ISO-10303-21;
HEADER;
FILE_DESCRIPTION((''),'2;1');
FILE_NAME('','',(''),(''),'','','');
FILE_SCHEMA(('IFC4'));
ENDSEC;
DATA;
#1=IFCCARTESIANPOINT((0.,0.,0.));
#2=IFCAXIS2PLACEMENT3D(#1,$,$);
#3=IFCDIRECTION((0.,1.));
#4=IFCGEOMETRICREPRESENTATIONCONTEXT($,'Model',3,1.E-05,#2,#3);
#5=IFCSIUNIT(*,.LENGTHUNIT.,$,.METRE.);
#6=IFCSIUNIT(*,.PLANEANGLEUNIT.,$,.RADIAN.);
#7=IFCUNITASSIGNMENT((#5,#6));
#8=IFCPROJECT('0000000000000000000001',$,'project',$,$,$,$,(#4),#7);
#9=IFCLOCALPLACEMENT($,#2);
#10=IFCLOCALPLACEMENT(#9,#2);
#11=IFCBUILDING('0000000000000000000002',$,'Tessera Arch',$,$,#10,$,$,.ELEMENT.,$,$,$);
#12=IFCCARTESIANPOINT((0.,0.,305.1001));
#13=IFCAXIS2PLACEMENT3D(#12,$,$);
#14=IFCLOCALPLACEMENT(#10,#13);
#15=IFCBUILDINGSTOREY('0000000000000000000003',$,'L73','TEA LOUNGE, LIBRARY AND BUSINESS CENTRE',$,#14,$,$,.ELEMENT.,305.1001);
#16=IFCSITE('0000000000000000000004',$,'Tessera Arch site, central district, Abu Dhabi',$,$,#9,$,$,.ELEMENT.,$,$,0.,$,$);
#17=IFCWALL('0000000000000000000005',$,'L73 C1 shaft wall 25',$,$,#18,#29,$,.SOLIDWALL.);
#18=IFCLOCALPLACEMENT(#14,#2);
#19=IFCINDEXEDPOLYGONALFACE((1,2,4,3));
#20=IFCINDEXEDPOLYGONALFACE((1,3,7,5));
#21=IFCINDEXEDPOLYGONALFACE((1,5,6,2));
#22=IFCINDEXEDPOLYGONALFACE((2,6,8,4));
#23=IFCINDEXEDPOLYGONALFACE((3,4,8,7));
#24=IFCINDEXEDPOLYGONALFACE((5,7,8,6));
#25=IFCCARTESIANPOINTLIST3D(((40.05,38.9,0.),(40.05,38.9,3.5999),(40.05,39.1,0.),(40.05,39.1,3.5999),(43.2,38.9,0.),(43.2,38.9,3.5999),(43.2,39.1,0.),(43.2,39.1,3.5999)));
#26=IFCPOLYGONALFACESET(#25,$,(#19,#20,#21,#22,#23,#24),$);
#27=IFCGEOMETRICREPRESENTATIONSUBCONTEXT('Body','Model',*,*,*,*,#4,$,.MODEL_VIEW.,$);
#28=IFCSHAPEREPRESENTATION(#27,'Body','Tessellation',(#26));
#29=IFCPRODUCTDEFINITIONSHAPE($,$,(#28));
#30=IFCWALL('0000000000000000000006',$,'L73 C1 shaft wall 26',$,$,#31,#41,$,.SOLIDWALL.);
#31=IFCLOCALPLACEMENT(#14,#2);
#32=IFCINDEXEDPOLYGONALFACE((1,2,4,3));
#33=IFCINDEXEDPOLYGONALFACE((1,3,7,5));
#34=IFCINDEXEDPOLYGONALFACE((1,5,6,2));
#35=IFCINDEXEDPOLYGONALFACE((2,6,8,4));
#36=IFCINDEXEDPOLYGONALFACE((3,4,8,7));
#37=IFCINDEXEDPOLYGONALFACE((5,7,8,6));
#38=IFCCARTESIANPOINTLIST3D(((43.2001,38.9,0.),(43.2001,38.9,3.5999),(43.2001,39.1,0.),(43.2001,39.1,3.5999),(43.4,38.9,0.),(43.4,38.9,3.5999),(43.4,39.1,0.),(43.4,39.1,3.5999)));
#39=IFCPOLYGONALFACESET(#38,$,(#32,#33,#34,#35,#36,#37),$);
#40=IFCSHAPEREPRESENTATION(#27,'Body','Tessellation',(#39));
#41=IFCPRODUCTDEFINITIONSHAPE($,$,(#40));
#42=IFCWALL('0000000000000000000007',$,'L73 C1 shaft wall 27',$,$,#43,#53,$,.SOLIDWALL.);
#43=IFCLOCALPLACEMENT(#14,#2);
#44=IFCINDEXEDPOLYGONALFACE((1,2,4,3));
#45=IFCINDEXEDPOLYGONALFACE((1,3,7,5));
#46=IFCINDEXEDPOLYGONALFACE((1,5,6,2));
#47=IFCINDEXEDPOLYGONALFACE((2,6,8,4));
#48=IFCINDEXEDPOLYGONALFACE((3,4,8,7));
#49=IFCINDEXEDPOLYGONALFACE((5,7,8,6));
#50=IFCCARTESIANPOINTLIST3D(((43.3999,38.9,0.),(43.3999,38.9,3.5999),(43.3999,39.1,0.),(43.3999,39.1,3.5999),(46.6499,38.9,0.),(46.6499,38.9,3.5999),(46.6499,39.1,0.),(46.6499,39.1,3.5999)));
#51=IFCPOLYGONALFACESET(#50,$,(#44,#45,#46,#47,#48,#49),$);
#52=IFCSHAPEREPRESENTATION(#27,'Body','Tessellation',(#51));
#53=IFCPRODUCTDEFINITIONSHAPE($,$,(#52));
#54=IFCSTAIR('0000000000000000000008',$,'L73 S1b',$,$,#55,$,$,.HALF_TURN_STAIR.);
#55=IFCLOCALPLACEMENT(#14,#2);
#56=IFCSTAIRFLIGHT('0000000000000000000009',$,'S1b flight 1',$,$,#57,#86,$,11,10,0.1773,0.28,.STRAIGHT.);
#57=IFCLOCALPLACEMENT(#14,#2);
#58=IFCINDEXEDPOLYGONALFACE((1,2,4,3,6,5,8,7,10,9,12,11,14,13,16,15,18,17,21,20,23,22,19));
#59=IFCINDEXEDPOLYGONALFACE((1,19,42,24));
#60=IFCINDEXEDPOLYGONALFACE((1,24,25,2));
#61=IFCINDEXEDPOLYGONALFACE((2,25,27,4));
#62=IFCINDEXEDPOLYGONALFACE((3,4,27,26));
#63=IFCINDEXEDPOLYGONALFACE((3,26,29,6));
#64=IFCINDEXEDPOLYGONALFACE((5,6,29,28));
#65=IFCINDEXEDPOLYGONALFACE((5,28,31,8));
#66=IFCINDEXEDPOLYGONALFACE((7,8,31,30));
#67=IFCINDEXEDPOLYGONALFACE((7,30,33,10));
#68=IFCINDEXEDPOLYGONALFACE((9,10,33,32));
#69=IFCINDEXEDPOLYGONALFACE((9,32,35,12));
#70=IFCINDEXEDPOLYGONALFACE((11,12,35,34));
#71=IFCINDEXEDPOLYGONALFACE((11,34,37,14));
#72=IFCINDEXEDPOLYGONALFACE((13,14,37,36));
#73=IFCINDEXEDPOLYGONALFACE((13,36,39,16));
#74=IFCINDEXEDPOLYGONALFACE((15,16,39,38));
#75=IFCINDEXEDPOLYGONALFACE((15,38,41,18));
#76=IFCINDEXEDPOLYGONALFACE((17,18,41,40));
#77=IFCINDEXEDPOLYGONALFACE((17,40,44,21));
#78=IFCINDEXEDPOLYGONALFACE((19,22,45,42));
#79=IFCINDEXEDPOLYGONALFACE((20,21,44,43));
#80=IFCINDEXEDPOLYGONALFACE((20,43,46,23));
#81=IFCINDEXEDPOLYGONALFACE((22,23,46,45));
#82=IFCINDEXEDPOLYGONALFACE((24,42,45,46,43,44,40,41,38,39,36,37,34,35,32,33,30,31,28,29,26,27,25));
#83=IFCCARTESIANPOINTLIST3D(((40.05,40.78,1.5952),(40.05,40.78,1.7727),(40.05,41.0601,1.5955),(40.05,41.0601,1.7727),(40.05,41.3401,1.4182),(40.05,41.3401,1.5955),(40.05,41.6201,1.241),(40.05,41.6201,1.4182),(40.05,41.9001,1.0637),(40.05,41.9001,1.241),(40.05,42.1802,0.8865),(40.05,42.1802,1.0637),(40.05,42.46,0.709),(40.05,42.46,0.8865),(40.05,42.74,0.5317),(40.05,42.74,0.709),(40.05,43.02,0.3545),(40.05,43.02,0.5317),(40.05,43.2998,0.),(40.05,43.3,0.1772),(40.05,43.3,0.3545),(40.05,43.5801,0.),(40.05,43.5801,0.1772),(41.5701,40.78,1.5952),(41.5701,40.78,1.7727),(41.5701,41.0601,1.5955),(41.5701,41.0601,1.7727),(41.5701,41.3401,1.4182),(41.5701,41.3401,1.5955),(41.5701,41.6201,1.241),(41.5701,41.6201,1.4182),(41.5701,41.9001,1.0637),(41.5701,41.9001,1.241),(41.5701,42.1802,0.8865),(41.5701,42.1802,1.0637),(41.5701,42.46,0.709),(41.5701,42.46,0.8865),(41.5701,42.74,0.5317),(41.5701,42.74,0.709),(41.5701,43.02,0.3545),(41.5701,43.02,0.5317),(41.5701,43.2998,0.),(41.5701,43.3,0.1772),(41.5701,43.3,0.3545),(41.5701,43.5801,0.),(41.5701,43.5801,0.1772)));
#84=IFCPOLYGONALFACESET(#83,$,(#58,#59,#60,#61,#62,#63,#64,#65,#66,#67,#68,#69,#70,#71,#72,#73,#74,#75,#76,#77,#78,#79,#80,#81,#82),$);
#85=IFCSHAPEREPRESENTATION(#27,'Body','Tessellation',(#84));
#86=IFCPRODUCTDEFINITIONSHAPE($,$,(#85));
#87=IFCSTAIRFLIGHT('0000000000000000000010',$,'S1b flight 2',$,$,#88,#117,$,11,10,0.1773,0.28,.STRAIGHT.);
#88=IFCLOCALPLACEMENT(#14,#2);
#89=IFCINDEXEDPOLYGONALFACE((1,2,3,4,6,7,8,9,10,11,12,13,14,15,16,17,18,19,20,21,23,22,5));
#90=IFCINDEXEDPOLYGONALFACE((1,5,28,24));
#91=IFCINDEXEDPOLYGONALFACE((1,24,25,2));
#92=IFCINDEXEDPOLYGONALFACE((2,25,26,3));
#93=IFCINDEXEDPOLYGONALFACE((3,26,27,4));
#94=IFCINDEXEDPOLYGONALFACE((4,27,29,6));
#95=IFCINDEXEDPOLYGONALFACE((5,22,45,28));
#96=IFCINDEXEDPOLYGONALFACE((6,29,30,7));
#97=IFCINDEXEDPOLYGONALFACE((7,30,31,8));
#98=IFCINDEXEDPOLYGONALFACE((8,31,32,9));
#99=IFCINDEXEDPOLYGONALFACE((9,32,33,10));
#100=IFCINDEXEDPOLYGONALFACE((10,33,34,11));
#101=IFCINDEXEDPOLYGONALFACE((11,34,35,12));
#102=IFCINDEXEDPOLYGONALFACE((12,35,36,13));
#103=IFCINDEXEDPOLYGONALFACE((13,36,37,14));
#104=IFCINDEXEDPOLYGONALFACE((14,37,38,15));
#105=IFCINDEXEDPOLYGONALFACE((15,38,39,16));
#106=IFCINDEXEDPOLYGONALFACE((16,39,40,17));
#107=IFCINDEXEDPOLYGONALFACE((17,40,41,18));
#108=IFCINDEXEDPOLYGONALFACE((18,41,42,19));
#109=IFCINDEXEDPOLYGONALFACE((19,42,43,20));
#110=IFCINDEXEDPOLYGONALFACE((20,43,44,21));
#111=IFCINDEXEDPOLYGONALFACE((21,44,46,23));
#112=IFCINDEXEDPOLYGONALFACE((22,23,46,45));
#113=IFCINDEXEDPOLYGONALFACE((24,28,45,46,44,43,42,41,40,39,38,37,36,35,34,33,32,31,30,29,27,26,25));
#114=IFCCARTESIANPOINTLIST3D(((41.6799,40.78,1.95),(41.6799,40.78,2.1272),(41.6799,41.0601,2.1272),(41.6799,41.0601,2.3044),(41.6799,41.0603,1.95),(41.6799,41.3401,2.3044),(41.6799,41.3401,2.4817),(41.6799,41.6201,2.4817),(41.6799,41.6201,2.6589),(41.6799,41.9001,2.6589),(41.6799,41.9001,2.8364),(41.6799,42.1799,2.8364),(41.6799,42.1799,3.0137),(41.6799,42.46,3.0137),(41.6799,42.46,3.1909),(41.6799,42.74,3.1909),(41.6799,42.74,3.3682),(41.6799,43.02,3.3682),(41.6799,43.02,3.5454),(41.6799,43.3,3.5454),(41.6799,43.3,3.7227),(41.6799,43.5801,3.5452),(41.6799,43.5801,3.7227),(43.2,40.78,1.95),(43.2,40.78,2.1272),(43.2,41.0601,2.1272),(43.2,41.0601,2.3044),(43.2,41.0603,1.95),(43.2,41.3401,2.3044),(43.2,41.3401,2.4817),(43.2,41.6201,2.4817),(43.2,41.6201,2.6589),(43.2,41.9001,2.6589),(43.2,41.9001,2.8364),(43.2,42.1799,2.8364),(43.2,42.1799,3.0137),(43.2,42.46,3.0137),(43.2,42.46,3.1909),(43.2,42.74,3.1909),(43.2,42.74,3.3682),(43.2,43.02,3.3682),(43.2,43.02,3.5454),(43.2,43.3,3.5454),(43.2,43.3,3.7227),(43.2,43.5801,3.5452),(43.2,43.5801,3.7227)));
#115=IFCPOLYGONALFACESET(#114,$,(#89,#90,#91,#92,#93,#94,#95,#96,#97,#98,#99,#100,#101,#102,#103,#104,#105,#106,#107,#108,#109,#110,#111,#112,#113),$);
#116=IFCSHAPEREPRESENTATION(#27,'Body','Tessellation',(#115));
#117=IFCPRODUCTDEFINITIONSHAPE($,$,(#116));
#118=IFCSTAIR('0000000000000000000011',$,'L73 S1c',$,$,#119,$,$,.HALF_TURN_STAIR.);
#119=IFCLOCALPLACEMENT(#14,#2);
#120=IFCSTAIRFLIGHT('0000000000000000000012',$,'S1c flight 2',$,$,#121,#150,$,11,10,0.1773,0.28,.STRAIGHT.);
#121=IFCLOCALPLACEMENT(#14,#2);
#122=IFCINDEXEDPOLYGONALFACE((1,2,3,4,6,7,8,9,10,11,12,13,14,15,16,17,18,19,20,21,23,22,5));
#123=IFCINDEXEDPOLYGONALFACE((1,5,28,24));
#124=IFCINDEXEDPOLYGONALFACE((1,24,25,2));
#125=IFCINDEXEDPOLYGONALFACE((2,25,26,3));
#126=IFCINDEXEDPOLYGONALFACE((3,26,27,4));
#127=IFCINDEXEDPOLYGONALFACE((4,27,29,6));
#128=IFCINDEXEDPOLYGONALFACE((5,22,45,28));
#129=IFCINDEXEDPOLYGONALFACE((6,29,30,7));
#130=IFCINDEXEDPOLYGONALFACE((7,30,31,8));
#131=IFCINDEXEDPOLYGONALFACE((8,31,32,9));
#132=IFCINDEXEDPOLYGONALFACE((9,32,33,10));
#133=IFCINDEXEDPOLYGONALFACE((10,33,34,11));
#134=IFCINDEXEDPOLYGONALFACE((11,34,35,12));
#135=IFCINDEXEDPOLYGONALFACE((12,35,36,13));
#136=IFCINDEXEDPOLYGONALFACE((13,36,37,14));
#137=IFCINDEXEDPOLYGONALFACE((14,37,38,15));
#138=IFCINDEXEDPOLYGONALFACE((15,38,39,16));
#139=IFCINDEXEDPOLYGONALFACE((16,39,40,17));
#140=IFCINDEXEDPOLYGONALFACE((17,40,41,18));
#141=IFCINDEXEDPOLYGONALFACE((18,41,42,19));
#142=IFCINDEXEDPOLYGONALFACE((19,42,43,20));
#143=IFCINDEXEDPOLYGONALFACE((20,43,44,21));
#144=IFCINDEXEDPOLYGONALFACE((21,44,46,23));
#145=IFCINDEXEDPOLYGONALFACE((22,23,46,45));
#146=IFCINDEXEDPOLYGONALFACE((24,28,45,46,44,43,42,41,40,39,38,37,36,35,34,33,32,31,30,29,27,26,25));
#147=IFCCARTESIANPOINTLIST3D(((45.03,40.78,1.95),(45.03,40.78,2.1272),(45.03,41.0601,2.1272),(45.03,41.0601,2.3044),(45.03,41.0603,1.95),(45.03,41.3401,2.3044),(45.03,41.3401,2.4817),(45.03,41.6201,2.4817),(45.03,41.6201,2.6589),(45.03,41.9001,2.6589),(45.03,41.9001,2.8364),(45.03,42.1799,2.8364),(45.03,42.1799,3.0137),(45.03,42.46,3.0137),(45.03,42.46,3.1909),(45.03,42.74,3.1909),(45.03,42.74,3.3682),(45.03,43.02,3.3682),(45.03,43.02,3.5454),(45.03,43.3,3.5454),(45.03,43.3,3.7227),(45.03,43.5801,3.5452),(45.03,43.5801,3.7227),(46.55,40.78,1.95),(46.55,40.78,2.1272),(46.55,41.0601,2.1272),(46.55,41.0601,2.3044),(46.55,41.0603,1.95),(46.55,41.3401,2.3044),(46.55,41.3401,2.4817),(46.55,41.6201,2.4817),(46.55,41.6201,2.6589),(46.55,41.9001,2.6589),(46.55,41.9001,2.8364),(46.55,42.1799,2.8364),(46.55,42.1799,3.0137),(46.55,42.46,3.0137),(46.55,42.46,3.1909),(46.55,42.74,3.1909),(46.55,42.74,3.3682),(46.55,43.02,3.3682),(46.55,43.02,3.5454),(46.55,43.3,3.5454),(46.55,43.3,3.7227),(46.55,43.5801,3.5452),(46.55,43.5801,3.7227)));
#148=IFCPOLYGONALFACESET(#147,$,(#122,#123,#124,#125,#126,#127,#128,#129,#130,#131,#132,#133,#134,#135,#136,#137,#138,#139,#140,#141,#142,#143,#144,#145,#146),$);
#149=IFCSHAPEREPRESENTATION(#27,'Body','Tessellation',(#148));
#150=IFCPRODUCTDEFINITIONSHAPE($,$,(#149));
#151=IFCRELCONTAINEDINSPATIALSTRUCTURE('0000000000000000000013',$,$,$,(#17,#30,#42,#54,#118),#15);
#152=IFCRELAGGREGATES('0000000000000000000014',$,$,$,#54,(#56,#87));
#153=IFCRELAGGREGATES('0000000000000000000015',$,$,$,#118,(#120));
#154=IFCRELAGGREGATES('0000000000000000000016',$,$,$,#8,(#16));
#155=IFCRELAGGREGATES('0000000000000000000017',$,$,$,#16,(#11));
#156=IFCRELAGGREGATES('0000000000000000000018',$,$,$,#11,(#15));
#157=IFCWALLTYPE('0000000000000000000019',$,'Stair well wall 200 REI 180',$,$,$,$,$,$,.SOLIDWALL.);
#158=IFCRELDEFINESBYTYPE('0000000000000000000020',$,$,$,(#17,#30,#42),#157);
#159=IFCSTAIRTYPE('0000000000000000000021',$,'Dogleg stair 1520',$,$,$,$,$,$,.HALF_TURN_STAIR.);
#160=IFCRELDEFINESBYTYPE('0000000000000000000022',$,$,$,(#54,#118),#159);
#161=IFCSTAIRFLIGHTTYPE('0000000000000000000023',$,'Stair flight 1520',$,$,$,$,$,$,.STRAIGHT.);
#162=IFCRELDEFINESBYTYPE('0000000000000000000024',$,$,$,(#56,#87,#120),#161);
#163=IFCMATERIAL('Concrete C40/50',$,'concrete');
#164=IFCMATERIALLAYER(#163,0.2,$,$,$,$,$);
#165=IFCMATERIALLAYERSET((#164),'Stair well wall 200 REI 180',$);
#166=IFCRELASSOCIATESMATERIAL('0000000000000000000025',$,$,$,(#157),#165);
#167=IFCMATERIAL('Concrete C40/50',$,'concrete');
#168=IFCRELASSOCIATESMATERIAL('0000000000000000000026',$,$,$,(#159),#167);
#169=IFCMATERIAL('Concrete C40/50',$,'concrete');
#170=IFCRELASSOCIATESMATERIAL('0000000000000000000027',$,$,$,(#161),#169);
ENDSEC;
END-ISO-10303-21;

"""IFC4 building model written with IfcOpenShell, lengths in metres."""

from ifc_helpers import new_model, si_unit, direction, frame, frame_2d, origin, place, context, subcontext, project, spatial, polyline, rectangle, outline, extrude, material, layer, layer_set, type_object, element, aggregate, save


model = new_model("IFC4")

# Units and contexts
model_context = context("Model", 3, precision=1e-05, world=origin(), true_north=direction((0.0, 1.0)))
body_context = subcontext(model_context, "Body", "Model", "MODEL_VIEW")
ifc_project = project(units=[si_unit("LENGTHUNIT", "METRE"), si_unit("PLANEANGLEUNIT", "RADIAN")], contexts=[model_context])

# Site, building, storey
site_placement = place(None, origin())
site = spatial("IfcSite", under=ifc_project, at=site_placement, Name="Tessera Arch site, central district, Abu Dhabi", CompositionType="ELEMENT", RefElevation=0.0)
building_placement = place(site_placement, origin())
building = spatial("IfcBuilding", under=site, at=building_placement, Name="Tessera Arch", CompositionType="ELEMENT")
storey_placement = place(building_placement, frame((0.0, 0.0, 305.1001)))
storey = spatial("IfcBuildingStorey", under=building, at=storey_placement, Name="L73", Description="TEA LOUNGE, LIBRARY AND BUSINESS CENTRE", CompositionType="ELEMENT", Elevation=305.1001)

# Walls
ifc_material_1 = material(Name="Concrete C40/50", Category="concrete")
ifc_layer_1 = layer(ifc_material_1, 0.2)
ifc_layer_set_1 = layer_set([ifc_layer_1], Name="Stair well wall 200 REI 180")
wall_type_1 = type_object("IfcWallType", Name="Stair well wall 200 REI 180", PredefinedType="SOLIDWALL", material=ifc_layer_set_1)
wall_1_placement = place(storey_placement, frame((40.05, 39.0, 0.0), z_axis=(0.0, 0.0, 1.0), x_axis=(1.0, 0.0, 0.0)))
element("IfcWall", 1, at=wall_1_placement, inside=storey, type_object=wall_type_1, Name="L73 C1 shaft wall 25", PredefinedType="SOLIDWALL", context=body_context, shape_type="SweptSolid", body=[
    extrude(rectangle(XDim=3.1499, YDim=0.2, at=frame_2d((1.575, 0.0))), origin(), (0.0, 0.0, 1.0), 3.5999),
])
wall_2_placement = place(storey_placement, frame((43.2, 39.0, 0.0), z_axis=(0.0, 0.0, 1.0), x_axis=(1.0, 0.0, 0.0)))
element("IfcWall", 2, at=wall_2_placement, inside=storey, type_object=wall_type_1, Name="L73 C1 shaft wall 26", PredefinedType="SOLIDWALL", context=body_context, shape_type="SweptSolid", body=[
    extrude(rectangle(XDim=0.2, YDim=0.2, at=frame_2d((0.1001, 0.0))), origin(), (0.0, 0.0, 1.0), 3.5999),
])
wall_3_placement = place(storey_placement, frame((43.3999, 39.0, 0.0), z_axis=(0.0, 0.0, 1.0), x_axis=(1.0, 0.0, 0.0)))
element("IfcWall", 3, at=wall_3_placement, inside=storey, type_object=wall_type_1, Name="L73 C1 shaft wall 27", PredefinedType="SOLIDWALL", context=body_context, shape_type="SweptSolid", body=[
    extrude(rectangle(XDim=3.25, YDim=0.2, at=frame_2d((1.625, 0.0))), origin(), (0.0, 0.0, 1.0), 3.5999),
])

# Stair, stair flights
ifc_material_2 = material(Name="Concrete C40/50", Category="concrete")
stair_type = type_object("IfcStairType", Name="Dogleg stair 1520", PredefinedType="HALF_TURN_STAIR", material=ifc_material_2)
stair_1_placement = place(storey_placement, origin())
stair_1 = element("IfcStair", 4, at=stair_1_placement, inside=storey, type_object=stair_type, Name="L73 S1b", PredefinedType="HALF_TURN_STAIR")
ifc_material_3 = material(Name="Concrete C40/50", Category="concrete")
stair_flight_type = type_object("IfcStairFlightType", Name="Stair flight 1520", PredefinedType="STRAIGHT", material=ifc_material_3)
stair_flight_1_placement = place(storey_placement, frame((40.8101, 43.5801, 0.0), z_axis=(0.0, 0.0, 1.0), x_axis=(0.0, -1.0, 0.0)))
stair_flight_1 = element("IfcStairFlight", 5, at=stair_flight_1_placement, type_object=stair_flight_type, Name="S1b flight 1", NumberOfRisers=11, NumberOfTreads=10, PredefinedType="STRAIGHT", RiserHeight=0.1773, TreadLength=0.28, context=body_context, shape_type="SweptSolid", body=[
    extrude(outline(polyline([(0.0, 0.0), (0.0, 0.1772), (0.28, 0.1772), (0.28, 0.3545), (0.5601, 0.3545), (0.5601, 0.5317), (0.8401, 0.5317), (0.8401, 0.709), (1.1201, 0.709), (1.1201, 0.8865), (1.3999, 0.8865), (1.3999, 1.0637), (1.6799, 1.0637), (1.6799, 1.241), (1.96, 1.241), (1.96, 1.4182), (2.24, 1.4182), (2.24, 1.5955), (2.52, 1.5955), (2.52, 1.7727), (2.8, 1.7727), (2.8, 1.95), (2.8, 1.5952), (0.2803, 0.0), (0.0, 0.0)])), frame((0.0, 0.76, 0.0), z_axis=(0.0, -1.0, 0.0), x_axis=(1.0, 0.0, 0.0)), (0.0, 0.0, 1.0), 1.52),
])
stair_flight_2_placement = place(storey_placement, frame((42.4399, 40.78, 1.95), z_axis=(0.0, 0.0, 1.0), x_axis=(0.0, 1.0, 0.0)))
stair_flight_2 = element("IfcStairFlight", 6, at=stair_flight_2_placement, type_object=stair_flight_type, Name="S1b flight 2", NumberOfRisers=11, NumberOfTreads=10, PredefinedType="STRAIGHT", RiserHeight=0.1773, TreadLength=0.28, context=body_context, shape_type="SweptSolid", body=[
    extrude(outline(polyline([(0.0, 0.0), (0.0, 0.1772), (0.28, 0.1772), (0.28, 0.3545), (0.5601, 0.3545), (0.5601, 0.5317), (0.8401, 0.5317), (0.8401, 0.709), (1.1201, 0.709), (1.1201, 0.8865), (1.3999, 0.8865), (1.3999, 1.0637), (1.6799, 1.0637), (1.6799, 1.241), (1.96, 1.241), (1.96, 1.4182), (2.24, 1.4182), (2.24, 1.5955), (2.52, 1.5955), (2.52, 1.7727), (2.8, 1.7727), (2.8, 1.95), (2.8, 1.5952), (0.2803, 0.0), (0.0, 0.0)])), frame((0.0, 0.76, 0.0), z_axis=(0.0, -1.0, 0.0), x_axis=(1.0, 0.0, 0.0)), (0.0, 0.0, 1.0), 1.52),
])
aggregate(stair_1, [stair_flight_1, stair_flight_2])

# Stair, stair flight
stair_2_placement = place(storey_placement, origin())
stair_2 = element("IfcStair", 7, at=stair_2_placement, inside=storey, type_object=stair_type, Name="L73 S1c", PredefinedType="HALF_TURN_STAIR")
stair_flight_3_placement = place(storey_placement, frame((45.79, 40.78, 1.95), z_axis=(0.0, 0.0, 1.0), x_axis=(0.0, 1.0, 0.0)))
stair_flight_3 = element("IfcStairFlight", 8, at=stair_flight_3_placement, type_object=stair_flight_type, Name="S1c flight 2", NumberOfRisers=11, NumberOfTreads=10, PredefinedType="STRAIGHT", RiserHeight=0.1773, TreadLength=0.28, context=body_context, shape_type="SweptSolid", body=[
    extrude(outline(polyline([(0.0, 0.0), (0.0, 0.1772), (0.28, 0.1772), (0.28, 0.3545), (0.5601, 0.3545), (0.5601, 0.5317), (0.8401, 0.5317), (0.8401, 0.709), (1.1201, 0.709), (1.1201, 0.8865), (1.3999, 0.8865), (1.3999, 1.0637), (1.6799, 1.0637), (1.6799, 1.241), (1.96, 1.241), (1.96, 1.4182), (2.24, 1.4182), (2.24, 1.5955), (2.52, 1.5955), (2.52, 1.7727), (2.8, 1.7727), (2.8, 1.95), (2.8, 1.5952), (0.2803, 0.0), (0.0, 0.0)])), frame((0.0, 0.76, 0.0), z_axis=(0.0, -1.0, 0.0), x_axis=(1.0, 0.0, 0.0)), (0.0, 0.0, 1.0), 1.52),
])
aggregate(stair_2, [stair_flight_3])

save(model, "model.ifc")
